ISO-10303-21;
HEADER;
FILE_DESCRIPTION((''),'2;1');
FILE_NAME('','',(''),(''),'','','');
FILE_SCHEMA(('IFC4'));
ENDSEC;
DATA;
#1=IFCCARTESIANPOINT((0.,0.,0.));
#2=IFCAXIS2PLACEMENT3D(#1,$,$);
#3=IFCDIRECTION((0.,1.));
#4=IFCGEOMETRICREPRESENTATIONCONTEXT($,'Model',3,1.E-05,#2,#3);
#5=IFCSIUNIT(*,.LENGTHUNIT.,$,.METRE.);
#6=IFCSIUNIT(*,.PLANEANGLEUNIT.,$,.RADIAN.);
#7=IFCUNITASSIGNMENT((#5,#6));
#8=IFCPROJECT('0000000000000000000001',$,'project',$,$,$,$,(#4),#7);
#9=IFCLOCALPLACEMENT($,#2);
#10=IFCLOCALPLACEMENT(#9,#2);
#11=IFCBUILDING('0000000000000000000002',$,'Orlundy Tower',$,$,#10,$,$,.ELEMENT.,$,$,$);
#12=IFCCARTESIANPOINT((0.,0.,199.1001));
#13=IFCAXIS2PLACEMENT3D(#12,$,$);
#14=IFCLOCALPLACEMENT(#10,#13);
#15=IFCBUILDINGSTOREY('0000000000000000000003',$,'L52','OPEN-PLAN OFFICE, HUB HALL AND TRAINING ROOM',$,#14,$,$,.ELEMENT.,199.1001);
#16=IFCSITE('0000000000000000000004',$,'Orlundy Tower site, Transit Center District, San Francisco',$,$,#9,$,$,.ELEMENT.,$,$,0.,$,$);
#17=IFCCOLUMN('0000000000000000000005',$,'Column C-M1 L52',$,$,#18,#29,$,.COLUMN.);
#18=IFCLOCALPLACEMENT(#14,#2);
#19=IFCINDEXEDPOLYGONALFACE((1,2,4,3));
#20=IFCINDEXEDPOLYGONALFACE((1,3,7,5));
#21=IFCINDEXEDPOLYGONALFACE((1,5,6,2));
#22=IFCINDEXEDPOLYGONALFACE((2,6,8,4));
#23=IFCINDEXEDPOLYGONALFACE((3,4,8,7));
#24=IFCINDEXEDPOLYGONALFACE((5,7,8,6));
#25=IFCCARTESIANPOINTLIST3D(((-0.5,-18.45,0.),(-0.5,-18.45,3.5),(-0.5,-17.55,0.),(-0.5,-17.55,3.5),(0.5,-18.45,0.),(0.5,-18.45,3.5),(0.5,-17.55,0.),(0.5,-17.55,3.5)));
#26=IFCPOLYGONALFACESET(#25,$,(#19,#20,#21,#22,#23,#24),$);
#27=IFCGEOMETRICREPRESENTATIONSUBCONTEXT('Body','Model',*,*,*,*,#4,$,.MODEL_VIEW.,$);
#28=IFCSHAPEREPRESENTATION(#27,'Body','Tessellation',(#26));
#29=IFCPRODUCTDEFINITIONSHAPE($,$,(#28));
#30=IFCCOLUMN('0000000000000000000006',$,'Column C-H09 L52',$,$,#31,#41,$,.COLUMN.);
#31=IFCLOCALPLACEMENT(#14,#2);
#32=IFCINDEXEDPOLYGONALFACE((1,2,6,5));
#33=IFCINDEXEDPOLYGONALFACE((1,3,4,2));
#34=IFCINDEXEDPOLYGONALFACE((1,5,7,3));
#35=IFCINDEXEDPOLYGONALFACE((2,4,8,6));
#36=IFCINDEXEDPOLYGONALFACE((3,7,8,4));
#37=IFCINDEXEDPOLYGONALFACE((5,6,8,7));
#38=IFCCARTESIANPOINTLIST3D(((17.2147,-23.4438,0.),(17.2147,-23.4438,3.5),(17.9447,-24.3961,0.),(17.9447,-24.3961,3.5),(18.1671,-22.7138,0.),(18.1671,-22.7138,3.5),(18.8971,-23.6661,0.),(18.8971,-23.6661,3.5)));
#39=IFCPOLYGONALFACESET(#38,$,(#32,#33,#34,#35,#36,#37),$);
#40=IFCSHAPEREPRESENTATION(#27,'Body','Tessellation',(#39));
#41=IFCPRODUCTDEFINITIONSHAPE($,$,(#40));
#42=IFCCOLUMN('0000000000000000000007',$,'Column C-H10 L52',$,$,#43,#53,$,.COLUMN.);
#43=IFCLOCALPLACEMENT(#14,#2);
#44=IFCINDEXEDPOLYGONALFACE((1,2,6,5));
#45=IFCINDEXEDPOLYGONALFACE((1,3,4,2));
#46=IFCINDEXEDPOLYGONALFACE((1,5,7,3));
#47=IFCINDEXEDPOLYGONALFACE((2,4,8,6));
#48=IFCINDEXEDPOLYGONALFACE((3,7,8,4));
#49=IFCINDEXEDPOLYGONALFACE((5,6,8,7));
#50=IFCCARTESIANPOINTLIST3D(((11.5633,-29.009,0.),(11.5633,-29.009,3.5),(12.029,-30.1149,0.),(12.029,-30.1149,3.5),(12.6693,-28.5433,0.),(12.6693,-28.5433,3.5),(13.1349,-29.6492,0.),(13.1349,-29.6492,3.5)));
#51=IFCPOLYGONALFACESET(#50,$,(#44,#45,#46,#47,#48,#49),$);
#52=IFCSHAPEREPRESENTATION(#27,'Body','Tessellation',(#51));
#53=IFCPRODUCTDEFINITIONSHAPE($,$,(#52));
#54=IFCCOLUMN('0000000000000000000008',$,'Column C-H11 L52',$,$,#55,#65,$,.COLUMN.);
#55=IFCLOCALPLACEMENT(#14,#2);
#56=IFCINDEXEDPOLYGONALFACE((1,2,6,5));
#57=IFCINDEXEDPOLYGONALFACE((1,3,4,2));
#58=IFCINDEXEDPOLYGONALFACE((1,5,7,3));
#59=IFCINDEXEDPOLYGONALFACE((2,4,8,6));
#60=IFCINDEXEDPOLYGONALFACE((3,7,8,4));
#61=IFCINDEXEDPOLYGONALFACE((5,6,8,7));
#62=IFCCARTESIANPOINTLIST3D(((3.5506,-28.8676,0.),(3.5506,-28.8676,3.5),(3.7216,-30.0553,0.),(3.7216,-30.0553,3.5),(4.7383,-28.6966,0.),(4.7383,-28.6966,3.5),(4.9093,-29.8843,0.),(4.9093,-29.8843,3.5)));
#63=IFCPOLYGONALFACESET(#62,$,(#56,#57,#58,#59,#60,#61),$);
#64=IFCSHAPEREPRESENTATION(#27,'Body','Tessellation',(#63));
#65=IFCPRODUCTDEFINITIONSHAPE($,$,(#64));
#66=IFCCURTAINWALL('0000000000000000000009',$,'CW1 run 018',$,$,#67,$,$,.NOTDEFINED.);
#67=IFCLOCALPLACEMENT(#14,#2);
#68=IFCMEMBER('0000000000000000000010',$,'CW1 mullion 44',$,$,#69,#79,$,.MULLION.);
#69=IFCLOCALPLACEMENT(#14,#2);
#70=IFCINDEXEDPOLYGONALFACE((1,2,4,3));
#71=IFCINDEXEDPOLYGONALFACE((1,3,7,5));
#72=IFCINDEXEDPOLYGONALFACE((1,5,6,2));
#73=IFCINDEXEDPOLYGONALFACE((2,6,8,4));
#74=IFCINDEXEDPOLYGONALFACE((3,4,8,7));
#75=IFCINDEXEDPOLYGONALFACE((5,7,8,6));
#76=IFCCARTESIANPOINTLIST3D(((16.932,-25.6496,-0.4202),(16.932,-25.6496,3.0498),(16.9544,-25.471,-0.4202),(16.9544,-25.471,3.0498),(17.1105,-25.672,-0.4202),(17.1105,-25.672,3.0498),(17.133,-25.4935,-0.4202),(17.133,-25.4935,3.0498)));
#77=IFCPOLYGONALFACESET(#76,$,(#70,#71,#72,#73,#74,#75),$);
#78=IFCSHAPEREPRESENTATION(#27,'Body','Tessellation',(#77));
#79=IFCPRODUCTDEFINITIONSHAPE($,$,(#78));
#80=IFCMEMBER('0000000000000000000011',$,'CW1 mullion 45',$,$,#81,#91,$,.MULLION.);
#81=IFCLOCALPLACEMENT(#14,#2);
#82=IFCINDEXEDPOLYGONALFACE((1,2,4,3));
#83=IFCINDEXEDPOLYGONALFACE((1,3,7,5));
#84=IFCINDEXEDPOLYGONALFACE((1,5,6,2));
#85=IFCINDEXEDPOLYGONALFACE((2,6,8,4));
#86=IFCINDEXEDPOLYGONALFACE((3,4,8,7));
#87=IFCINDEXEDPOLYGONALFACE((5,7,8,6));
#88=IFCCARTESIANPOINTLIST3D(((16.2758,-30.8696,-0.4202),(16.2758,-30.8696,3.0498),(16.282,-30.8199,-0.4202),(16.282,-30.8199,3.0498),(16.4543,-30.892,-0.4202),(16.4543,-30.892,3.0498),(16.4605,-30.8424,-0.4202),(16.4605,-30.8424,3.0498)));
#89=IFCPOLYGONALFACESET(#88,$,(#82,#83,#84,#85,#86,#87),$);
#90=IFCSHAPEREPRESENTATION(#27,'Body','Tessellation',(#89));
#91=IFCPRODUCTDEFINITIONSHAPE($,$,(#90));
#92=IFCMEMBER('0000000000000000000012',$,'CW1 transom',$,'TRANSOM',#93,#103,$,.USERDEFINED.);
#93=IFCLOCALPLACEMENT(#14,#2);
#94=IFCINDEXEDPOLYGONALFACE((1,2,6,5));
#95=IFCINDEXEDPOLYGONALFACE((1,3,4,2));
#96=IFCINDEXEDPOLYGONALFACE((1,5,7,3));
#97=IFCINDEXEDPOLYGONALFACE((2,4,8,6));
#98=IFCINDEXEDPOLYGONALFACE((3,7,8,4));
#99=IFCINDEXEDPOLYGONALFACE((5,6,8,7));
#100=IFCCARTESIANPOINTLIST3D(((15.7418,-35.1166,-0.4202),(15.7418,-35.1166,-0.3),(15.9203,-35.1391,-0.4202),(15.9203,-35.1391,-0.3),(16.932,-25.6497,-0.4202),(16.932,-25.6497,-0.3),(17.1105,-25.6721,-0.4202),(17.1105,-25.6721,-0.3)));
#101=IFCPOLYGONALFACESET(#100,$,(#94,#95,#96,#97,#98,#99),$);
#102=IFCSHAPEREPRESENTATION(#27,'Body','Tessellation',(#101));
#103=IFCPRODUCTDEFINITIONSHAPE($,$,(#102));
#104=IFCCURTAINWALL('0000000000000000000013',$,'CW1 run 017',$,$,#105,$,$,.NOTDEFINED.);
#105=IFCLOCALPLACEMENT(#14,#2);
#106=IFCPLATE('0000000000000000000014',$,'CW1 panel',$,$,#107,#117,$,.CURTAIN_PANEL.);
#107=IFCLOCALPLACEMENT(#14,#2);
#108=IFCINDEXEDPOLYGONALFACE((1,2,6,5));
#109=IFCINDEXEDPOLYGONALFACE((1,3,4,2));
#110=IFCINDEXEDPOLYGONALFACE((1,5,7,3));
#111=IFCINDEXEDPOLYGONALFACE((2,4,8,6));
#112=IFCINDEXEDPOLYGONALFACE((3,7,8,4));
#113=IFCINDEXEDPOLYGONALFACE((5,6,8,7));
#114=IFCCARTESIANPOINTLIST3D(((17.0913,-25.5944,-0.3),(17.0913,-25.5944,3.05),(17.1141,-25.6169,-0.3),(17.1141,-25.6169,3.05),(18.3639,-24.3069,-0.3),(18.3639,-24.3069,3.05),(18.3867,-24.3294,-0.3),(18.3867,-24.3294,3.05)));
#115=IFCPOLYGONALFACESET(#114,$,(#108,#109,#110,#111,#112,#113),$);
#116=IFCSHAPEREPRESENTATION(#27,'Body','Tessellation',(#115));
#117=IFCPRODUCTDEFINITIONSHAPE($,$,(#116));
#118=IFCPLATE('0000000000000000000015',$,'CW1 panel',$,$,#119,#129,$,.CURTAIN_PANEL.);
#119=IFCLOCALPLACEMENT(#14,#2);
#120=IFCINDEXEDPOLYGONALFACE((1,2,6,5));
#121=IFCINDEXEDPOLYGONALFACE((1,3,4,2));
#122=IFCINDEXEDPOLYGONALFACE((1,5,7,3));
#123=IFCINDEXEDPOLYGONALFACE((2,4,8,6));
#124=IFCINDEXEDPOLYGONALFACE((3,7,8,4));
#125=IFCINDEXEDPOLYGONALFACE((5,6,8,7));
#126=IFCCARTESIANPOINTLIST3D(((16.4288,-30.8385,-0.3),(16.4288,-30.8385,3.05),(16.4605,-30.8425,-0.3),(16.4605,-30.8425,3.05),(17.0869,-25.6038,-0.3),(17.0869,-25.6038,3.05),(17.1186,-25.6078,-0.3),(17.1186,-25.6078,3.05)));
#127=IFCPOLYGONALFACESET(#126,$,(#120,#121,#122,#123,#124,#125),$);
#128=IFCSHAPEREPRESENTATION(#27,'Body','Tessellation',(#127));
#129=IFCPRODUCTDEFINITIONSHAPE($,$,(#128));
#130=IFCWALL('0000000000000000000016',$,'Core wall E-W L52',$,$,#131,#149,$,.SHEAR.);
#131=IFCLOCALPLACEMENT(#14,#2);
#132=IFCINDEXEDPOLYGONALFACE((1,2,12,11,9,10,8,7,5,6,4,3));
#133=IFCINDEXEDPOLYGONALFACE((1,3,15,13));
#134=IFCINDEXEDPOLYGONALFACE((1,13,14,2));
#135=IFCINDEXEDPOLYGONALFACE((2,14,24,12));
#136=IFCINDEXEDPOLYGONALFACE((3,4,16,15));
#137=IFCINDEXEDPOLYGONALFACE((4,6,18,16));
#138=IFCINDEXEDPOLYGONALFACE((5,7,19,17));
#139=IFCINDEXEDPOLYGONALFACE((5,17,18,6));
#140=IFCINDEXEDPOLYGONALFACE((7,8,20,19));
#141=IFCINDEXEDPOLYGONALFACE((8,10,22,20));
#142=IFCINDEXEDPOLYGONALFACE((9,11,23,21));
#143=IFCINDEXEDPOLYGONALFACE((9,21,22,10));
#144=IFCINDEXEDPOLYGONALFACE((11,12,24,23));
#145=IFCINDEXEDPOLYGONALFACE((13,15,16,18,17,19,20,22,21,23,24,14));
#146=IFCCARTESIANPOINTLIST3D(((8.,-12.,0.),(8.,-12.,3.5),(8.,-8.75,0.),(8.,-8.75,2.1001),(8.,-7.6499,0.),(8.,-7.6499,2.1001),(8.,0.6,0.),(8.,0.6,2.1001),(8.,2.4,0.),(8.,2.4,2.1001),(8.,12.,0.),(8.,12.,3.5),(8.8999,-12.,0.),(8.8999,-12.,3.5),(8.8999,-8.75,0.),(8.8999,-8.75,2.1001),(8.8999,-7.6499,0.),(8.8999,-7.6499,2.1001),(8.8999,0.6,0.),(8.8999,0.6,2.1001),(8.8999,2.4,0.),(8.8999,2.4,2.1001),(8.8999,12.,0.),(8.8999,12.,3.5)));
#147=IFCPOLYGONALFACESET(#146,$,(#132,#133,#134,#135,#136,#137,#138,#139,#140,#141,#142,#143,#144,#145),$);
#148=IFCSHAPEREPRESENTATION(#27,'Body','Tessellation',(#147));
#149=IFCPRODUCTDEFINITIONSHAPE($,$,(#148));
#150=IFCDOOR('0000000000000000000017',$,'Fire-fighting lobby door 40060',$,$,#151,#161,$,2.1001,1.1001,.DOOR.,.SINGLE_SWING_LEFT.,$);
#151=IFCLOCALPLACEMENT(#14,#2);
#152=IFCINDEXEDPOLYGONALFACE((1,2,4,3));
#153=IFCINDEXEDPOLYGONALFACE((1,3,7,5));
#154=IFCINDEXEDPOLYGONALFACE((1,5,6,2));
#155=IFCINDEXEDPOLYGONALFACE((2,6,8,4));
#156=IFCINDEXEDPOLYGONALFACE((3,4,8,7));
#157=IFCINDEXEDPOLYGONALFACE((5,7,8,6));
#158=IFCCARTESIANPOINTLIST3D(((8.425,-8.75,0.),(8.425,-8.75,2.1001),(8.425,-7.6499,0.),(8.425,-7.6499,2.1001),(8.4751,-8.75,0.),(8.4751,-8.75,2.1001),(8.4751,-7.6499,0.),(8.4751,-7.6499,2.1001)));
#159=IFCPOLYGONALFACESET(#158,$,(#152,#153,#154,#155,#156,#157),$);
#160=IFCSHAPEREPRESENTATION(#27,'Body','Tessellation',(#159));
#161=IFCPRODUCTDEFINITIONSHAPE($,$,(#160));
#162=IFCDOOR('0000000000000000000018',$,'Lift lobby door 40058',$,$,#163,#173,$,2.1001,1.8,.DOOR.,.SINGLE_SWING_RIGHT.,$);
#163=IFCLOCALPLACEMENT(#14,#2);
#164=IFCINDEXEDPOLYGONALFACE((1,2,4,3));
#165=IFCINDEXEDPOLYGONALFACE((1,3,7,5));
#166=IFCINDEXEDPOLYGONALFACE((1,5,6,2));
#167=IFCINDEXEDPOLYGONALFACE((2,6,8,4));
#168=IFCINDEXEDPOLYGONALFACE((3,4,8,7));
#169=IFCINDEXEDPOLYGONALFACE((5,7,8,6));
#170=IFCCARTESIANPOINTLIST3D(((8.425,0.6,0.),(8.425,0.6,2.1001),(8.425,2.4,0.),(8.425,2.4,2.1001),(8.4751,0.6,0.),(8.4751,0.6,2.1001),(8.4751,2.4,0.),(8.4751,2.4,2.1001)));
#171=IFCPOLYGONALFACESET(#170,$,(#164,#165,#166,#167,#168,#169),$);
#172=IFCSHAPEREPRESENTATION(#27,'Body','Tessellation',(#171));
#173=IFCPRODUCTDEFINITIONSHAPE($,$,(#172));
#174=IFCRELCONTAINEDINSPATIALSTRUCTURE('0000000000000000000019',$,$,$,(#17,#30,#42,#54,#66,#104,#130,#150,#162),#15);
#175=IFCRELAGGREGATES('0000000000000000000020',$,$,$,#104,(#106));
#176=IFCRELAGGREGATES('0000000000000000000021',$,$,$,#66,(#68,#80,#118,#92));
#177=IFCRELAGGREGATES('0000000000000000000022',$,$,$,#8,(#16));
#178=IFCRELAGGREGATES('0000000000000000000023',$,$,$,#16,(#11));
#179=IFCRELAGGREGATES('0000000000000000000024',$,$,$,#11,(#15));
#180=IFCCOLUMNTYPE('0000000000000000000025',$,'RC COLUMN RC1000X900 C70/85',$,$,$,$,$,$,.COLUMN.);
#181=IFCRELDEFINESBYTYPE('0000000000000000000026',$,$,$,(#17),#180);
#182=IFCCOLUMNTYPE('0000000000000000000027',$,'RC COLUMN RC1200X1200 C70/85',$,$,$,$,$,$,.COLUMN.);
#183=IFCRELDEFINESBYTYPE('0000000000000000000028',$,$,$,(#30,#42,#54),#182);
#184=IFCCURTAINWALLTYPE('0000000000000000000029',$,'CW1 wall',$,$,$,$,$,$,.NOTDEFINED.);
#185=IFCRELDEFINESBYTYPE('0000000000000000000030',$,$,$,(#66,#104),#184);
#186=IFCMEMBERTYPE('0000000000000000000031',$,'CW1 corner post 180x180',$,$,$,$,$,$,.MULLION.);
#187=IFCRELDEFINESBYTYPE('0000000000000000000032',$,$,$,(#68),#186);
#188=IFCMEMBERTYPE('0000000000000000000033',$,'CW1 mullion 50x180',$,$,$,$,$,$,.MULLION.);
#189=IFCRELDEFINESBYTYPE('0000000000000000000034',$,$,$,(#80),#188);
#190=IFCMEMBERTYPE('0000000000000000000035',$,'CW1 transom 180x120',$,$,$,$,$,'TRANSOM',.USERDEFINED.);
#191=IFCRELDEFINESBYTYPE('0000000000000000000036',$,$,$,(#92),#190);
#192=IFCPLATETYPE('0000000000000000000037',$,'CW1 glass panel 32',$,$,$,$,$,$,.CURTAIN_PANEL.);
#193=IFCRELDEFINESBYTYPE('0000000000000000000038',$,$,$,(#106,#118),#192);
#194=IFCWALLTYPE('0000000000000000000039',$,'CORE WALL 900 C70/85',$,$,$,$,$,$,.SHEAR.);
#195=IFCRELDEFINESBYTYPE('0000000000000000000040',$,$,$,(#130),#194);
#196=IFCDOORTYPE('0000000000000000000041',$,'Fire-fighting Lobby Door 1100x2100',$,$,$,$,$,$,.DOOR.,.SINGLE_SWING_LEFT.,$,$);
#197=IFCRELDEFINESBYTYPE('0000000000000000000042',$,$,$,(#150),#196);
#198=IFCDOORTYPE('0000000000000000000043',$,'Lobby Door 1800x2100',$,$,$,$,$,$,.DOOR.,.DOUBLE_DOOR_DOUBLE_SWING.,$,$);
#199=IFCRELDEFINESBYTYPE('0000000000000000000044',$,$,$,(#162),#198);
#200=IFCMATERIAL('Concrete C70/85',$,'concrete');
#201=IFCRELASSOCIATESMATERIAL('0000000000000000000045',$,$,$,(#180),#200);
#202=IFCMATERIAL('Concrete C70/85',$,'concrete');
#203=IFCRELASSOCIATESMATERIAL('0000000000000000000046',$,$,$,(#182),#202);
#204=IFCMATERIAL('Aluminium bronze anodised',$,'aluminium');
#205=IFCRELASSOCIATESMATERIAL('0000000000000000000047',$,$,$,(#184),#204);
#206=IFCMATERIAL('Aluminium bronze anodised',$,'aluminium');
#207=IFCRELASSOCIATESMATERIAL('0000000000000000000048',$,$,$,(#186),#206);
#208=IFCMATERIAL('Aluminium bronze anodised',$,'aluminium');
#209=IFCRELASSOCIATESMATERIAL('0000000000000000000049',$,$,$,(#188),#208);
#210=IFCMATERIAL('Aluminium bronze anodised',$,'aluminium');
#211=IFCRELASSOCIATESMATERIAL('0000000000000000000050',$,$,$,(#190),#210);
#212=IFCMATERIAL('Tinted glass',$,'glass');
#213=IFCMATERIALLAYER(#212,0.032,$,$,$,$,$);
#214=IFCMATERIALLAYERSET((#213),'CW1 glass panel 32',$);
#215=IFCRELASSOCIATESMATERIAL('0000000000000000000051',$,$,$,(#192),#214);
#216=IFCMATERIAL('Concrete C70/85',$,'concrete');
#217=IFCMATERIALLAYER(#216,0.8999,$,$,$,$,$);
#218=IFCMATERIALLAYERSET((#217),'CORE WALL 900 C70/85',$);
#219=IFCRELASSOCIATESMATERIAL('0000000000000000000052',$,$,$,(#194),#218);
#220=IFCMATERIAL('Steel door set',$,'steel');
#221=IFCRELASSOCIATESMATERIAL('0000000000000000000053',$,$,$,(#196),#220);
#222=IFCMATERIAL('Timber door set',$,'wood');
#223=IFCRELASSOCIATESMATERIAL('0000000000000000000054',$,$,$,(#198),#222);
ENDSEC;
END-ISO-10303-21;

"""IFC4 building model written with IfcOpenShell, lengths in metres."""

from ifc_helpers import new_model, si_unit, direction, frame, frame_2d, origin, origin_2d, place, context, subcontext, project, spatial, rectangle, extrude, material, layer, layer_set, material_profile, profile_set, type_object, element, fill, aggregate, save


model = new_model("IFC4")

# Units and contexts
model_context = context("Model", 3, precision=1e-05, world=origin(), true_north=direction((0.0, 1.0)))
body_context = subcontext(model_context, "Body", "Model", "MODEL_VIEW")
ifc_project = project(units=[si_unit("LENGTHUNIT", "METRE"), si_unit("PLANEANGLEUNIT", "RADIAN")], contexts=[model_context])

# Site, building, storey
site_placement = place(None, origin())
site = spatial("IfcSite", under=ifc_project, at=site_placement, Name="Orlundy Tower site, Transit Center District, San Francisco", CompositionType="ELEMENT", RefElevation=0.0)
building_placement = place(site_placement, origin())
building = spatial("IfcBuilding", under=site, at=building_placement, Name="Orlundy Tower", CompositionType="ELEMENT")
storey_placement = place(building_placement, frame((0.0, 0.0, 199.1001)))
storey = spatial("IfcBuildingStorey", under=building, at=storey_placement, Name="L52", Description="OPEN-PLAN OFFICE, HUB HALL AND TRAINING ROOM", CompositionType="ELEMENT", Elevation=199.1001)

# Columns
ifc_material_1 = material(Name="Concrete C70/85", Category="concrete")
ifc_material_profile_1 = material_profile(ifc_material_1, rectangle(XDim=1.0, YDim=0.8999, at=origin_2d()), Name="RC1000X900")
ifc_profile_set_1 = profile_set([ifc_material_profile_1], Name="Concrete C70/85")
column_type_1 = type_object("IfcColumnType", Name="RC COLUMN RC1000X900 C70/85", PredefinedType="COLUMN", material=ifc_profile_set_1)
column_placement = place(storey_placement, frame((0.0, -18.0, 0.0), z_axis=(0.0, 0.0, 1.0), x_axis=(1.0, 0.0, 0.0)))
element("IfcColumn", 1, at=column_placement, inside=storey, type_object=column_type_1, Name="Column C-M1 L52", PredefinedType="COLUMN", context=body_context, shape_type="SweptSolid", body=[
    extrude(rectangle(XDim=1.0, YDim=0.8999, at=origin_2d()), origin(), (0.0, 0.0, 1.0), 3.5),
])
ifc_material_2 = material(Name="Concrete C70/85", Category="concrete")
ifc_material_profile_2 = material_profile(ifc_material_2, rectangle(XDim=1.2, YDim=1.2, at=origin_2d()), Name="RC1200X1200")
ifc_profile_set_2 = profile_set([ifc_material_profile_2], Name="Concrete C70/85")
column_type_2 = type_object("IfcColumnType", Name="RC COLUMN RC1200X1200 C70/85", PredefinedType="COLUMN", material=ifc_profile_set_2)
for number, where, z_axis, x_axis, name in (
    (2, (18.0559, -23.5549, 0.0), (0.0, 0.0, 1.0), (0.608374, -0.793651, 0.0), "Column C-H09 L52"),
    (3, (12.3491, -29.3291, 0.0), (0.0, 0.0, 1.0), (0.388063, -0.921633, 0.0), "Column C-H10 L52"),
    (4, (4.23, -29.376, 0.0), (0.0, 0.0, 1.0), (0.142525, -0.989791, 0.0), "Column C-H11 L52"),
):
    element("IfcColumn", number, at=place(storey_placement, frame(where, z_axis=z_axis, x_axis=x_axis)), inside=storey, type_object=column_type_2, Name=name, PredefinedType="COLUMN", context=body_context, shape_type="SweptSolid", body=[
        extrude(rectangle(XDim=1.2, YDim=1.2, at=origin_2d()), origin(), (0.0, 0.0, 1.0), 3.5),
    ])

# Curtain wall, members
ifc_material_3 = material(Name="Aluminium bronze anodised", Category="aluminium")
curtain_wall_type = type_object("IfcCurtainWallType", Name="CW1 wall", PredefinedType="NOTDEFINED", material=ifc_material_3)
curtain_wall_1_placement = place(storey_placement, origin())
curtain_wall_1 = element("IfcCurtainWall", 5, at=curtain_wall_1_placement, inside=storey, type_object=curtain_wall_type, Name="CW1 run 018", PredefinedType="NOTDEFINED")
ifc_material_4 = material(Name="Aluminium bronze anodised", Category="aluminium")
ifc_material_profile_3 = material_profile(ifc_material_4, rectangle(XDim=0.1799, YDim=0.1799, at=origin_2d()), Name="CW1 corner post 180x180")
ifc_profile_set_3 = profile_set([ifc_material_profile_3], Name="Aluminium bronze anodised")
member_type_1 = type_object("IfcMemberType", Name="CW1 corner post 180x180", PredefinedType="MULLION", material=ifc_profile_set_3)
member_1_placement = place(storey_placement, frame((17.0325, -25.5715, -0.4202), z_axis=(0.0, 0.0, 1.0), x_axis=(0.992189, -0.124742, 0.0)))
member_1 = element("IfcMember", 6, at=member_1_placement, type_object=member_type_1, Name="CW1 mullion 44", PredefinedType="MULLION", context=body_context, shape_type="SweptSolid", body=[
    extrude(rectangle(XDim=0.1799, YDim=0.1799, at=origin_2d()), origin(), (0.0, 0.0, 1.0), 3.47),
])
ifc_material_5 = material(Name="Aluminium bronze anodised", Category="aluminium")
ifc_material_profile_4 = material_profile(ifc_material_5, rectangle(XDim=0.1799, YDim=0.05, at=origin_2d()), Name="CW1 mullion 50x180")
ifc_profile_set_4 = profile_set([ifc_material_profile_4], Name="Aluminium bronze anodised")
member_type_2 = type_object("IfcMemberType", Name="CW1 mullion 50x180", PredefinedType="MULLION", material=ifc_profile_set_4)
member_2_placement = place(storey_placement, frame((16.3682, -30.856, -0.4202), z_axis=(0.0, 0.0, 1.0), x_axis=(0.992189, -0.124742, 0.0)))
member_2 = element("IfcMember", 7, at=member_2_placement, type_object=member_type_2, Name="CW1 mullion 45", PredefinedType="MULLION", context=body_context, shape_type="SweptSolid", body=[
    extrude(rectangle(XDim=0.1799, YDim=0.05, at=origin_2d()), origin(), (0.0, 0.0, 1.0), 3.47),
])
ifc_material_6 = material(Name="Aluminium bronze anodised", Category="aluminium")
ifc_material_profile_5 = material_profile(ifc_material_6, rectangle(XDim=0.1799, YDim=0.1201, at=origin_2d()), Name="CW1 transom 180x120")
ifc_profile_set_5 = profile_set([ifc_material_profile_5], Name="Aluminium bronze anodised")
member_type_3 = type_object("IfcMemberType", Name="CW1 transom 180x120", ElementType="TRANSOM", PredefinedType="USERDEFINED", material=ifc_profile_set_5)
member_3_placement = place(storey_placement, frame((17.0212, -25.6609, -0.3601), z_axis=(-0.124737, -0.99219, 0.0), x_axis=(0.99219, -0.124737, 0.0)))
member_3 = element("IfcMember", 8, at=member_3_placement, type_object=member_type_3, Name="CW1 transom", ObjectType="TRANSOM", PredefinedType="USERDEFINED", context=body_context, shape_type="SweptSolid", body=[
    extrude(rectangle(XDim=0.1799, YDim=0.1201, at=origin_2d()), origin(), (0.0, 0.0, 1.0), 9.5415),
])

# Curtain wall, plate
curtain_wall_2_placement = place(storey_placement, origin())
curtain_wall_2 = element("IfcCurtainWall", 9, at=curtain_wall_2_placement, inside=storey, type_object=curtain_wall_type, Name="CW1 run 017", PredefinedType="NOTDEFINED")
ifc_material_7 = material(Name="Tinted glass", Category="glass")
ifc_layer_1 = layer(ifc_material_7, 0.032)
ifc_layer_set_1 = layer_set([ifc_layer_1], Name="CW1 glass panel 32")
plate_type = type_object("IfcPlateType", Name="CW1 glass panel 32", PredefinedType="CURTAIN_PANEL", material=ifc_layer_set_1)
plate_1_placement = place(storey_placement, frame((17.739, -24.9619, -0.3), z_axis=(0.0, 0.0, 1.0), x_axis=(-0.70297, -0.711219, 0.0)))
plate_1 = element("IfcPlate", 10, at=plate_1_placement, type_object=plate_type, Name="CW1 panel", PredefinedType="CURTAIN_PANEL", context=body_context, shape_type="SweptSolid", body=[
    extrude(rectangle(XDim=1.8103, YDim=0.032, at=origin_2d()), origin(), (0.0, 0.0, 1.0), 3.3501),
])
aggregate(curtain_wall_2, [plate_1])

# Plate
plate_2_placement = place(storey_placement, frame((16.7737, -28.2231, -0.3), z_axis=(0.0, 0.0, 1.0), x_axis=(-0.124742, -0.992189, 0.0)))
plate_2 = element("IfcPlate", 11, at=plate_2_placement, type_object=plate_type, Name="CW1 panel", PredefinedType="CURTAIN_PANEL", context=body_context, shape_type="SweptSolid", body=[
    extrude(rectangle(XDim=5.2759, YDim=0.032, at=origin_2d()), origin(), (0.0, 0.0, 1.0), 3.3501),
])
aggregate(curtain_wall_1, [member_1, member_2, plate_2, member_3])

# Wall, openings, doors
ifc_material_8 = material(Name="Concrete C70/85", Category="concrete")
ifc_layer_2 = layer(ifc_material_8, 0.8999)
ifc_layer_set_2 = layer_set([ifc_layer_2], Name="CORE WALL 900 C70/85")
wall_type_1 = type_object("IfcWallType", Name="CORE WALL 900 C70/85", PredefinedType="SHEAR", material=ifc_layer_set_2)
wall_1_placement = place(storey_placement, frame((8.45, -12.0, 0.0), z_axis=(0.0, 0.0, 1.0), x_axis=(0.0, 1.0, 0.0)))
wall_1 = element("IfcWall", 12, at=wall_1_placement, inside=storey, type_object=wall_type_1, Name="Core wall E-W L52", PredefinedType="SHEAR", context=body_context, shape_type="SweptSolid", body=[
    extrude(rectangle(XDim=24.0, YDim=0.8999, at=frame_2d((12.0, 0.0))), origin(), (0.0, 0.0, 1.0), 3.5),
])
opening_1_placement = place(wall_1_placement, frame((12.6001, 0.0, 0.0)))
opening_1 = element("IfcOpeningElement", 13, at=opening_1_placement, cuts=wall_1, PredefinedType="OPENING", context=body_context, shape_type="SweptSolid", body=[
    extrude(rectangle(XDim=1.8, YDim=2.1001, at=frame_2d((0.8999, 1.05))), frame((0.0, 0.46, 0.0), z_axis=(0.0, -1.0, 0.0), x_axis=(1.0, 0.0, 0.0)), (0.0, 0.0, 1.0), 0.9199),
])
opening_2_placement = place(wall_1_placement, frame((3.25, 0.0, 0.0)))
opening_2 = element("IfcOpeningElement", 14, at=opening_2_placement, cuts=wall_1, PredefinedType="OPENING", context=body_context, shape_type="SweptSolid", body=[
    extrude(rectangle(XDim=1.1001, YDim=2.1001, at=frame_2d((0.55, 1.05))), frame((0.0, 0.46, 0.0), z_axis=(0.0, -1.0, 0.0), x_axis=(1.0, 0.0, 0.0)), (0.0, 0.0, 1.0), 0.9199),
])
ifc_material_9 = material(Name="Steel door set", Category="steel")
door_type_1 = type_object("IfcDoorType", Name="Fire-fighting Lobby Door 1100x2100", OperationType="SINGLE_SWING_LEFT", PredefinedType="DOOR", material=ifc_material_9)
door_1_placement = place(opening_2_placement, origin())
door_1 = element("IfcDoor", 15, at=door_1_placement, inside=storey, type_object=door_type_1, Name="Fire-fighting lobby door 40060", OperationType="SINGLE_SWING_LEFT", OverallHeight=2.1001, OverallWidth=1.1001, PredefinedType="DOOR", context=body_context, shape_type="SweptSolid", body=[
    extrude(rectangle(XDim=1.1001, YDim=2.1001, at=frame_2d((0.55, 1.05))), frame((0.0, 0.0249, 0.0), z_axis=(0.0, -1.0, 0.0), x_axis=(1.0, 0.0, 0.0)), (0.0, 0.0, 1.0), 0.05),
])
fill(opening_2, door_1)
ifc_material_10 = material(Name="Timber door set", Category="wood")
door_type_2 = type_object("IfcDoorType", Name="Lobby Door 1800x2100", OperationType="DOUBLE_DOOR_DOUBLE_SWING", PredefinedType="DOOR", material=ifc_material_10)
door_2_placement = place(opening_1_placement, origin())
door_2 = element("IfcDoor", 16, at=door_2_placement, inside=storey, type_object=door_type_2, Name="Lift lobby door 40058", OperationType="SINGLE_SWING_RIGHT", OverallHeight=2.1001, OverallWidth=1.8, PredefinedType="DOOR", context=body_context, shape_type="SweptSolid", body=[
    extrude(rectangle(XDim=1.8, YDim=2.1001, at=frame_2d((0.8999, 1.05))), frame((0.0, 0.0249, 0.0), z_axis=(0.0, -1.0, 0.0), x_axis=(1.0, 0.0, 0.0)), (0.0, 0.0, 1.0), 0.05),
])
fill(opening_1, door_2)

save(model, "model.ifc")
